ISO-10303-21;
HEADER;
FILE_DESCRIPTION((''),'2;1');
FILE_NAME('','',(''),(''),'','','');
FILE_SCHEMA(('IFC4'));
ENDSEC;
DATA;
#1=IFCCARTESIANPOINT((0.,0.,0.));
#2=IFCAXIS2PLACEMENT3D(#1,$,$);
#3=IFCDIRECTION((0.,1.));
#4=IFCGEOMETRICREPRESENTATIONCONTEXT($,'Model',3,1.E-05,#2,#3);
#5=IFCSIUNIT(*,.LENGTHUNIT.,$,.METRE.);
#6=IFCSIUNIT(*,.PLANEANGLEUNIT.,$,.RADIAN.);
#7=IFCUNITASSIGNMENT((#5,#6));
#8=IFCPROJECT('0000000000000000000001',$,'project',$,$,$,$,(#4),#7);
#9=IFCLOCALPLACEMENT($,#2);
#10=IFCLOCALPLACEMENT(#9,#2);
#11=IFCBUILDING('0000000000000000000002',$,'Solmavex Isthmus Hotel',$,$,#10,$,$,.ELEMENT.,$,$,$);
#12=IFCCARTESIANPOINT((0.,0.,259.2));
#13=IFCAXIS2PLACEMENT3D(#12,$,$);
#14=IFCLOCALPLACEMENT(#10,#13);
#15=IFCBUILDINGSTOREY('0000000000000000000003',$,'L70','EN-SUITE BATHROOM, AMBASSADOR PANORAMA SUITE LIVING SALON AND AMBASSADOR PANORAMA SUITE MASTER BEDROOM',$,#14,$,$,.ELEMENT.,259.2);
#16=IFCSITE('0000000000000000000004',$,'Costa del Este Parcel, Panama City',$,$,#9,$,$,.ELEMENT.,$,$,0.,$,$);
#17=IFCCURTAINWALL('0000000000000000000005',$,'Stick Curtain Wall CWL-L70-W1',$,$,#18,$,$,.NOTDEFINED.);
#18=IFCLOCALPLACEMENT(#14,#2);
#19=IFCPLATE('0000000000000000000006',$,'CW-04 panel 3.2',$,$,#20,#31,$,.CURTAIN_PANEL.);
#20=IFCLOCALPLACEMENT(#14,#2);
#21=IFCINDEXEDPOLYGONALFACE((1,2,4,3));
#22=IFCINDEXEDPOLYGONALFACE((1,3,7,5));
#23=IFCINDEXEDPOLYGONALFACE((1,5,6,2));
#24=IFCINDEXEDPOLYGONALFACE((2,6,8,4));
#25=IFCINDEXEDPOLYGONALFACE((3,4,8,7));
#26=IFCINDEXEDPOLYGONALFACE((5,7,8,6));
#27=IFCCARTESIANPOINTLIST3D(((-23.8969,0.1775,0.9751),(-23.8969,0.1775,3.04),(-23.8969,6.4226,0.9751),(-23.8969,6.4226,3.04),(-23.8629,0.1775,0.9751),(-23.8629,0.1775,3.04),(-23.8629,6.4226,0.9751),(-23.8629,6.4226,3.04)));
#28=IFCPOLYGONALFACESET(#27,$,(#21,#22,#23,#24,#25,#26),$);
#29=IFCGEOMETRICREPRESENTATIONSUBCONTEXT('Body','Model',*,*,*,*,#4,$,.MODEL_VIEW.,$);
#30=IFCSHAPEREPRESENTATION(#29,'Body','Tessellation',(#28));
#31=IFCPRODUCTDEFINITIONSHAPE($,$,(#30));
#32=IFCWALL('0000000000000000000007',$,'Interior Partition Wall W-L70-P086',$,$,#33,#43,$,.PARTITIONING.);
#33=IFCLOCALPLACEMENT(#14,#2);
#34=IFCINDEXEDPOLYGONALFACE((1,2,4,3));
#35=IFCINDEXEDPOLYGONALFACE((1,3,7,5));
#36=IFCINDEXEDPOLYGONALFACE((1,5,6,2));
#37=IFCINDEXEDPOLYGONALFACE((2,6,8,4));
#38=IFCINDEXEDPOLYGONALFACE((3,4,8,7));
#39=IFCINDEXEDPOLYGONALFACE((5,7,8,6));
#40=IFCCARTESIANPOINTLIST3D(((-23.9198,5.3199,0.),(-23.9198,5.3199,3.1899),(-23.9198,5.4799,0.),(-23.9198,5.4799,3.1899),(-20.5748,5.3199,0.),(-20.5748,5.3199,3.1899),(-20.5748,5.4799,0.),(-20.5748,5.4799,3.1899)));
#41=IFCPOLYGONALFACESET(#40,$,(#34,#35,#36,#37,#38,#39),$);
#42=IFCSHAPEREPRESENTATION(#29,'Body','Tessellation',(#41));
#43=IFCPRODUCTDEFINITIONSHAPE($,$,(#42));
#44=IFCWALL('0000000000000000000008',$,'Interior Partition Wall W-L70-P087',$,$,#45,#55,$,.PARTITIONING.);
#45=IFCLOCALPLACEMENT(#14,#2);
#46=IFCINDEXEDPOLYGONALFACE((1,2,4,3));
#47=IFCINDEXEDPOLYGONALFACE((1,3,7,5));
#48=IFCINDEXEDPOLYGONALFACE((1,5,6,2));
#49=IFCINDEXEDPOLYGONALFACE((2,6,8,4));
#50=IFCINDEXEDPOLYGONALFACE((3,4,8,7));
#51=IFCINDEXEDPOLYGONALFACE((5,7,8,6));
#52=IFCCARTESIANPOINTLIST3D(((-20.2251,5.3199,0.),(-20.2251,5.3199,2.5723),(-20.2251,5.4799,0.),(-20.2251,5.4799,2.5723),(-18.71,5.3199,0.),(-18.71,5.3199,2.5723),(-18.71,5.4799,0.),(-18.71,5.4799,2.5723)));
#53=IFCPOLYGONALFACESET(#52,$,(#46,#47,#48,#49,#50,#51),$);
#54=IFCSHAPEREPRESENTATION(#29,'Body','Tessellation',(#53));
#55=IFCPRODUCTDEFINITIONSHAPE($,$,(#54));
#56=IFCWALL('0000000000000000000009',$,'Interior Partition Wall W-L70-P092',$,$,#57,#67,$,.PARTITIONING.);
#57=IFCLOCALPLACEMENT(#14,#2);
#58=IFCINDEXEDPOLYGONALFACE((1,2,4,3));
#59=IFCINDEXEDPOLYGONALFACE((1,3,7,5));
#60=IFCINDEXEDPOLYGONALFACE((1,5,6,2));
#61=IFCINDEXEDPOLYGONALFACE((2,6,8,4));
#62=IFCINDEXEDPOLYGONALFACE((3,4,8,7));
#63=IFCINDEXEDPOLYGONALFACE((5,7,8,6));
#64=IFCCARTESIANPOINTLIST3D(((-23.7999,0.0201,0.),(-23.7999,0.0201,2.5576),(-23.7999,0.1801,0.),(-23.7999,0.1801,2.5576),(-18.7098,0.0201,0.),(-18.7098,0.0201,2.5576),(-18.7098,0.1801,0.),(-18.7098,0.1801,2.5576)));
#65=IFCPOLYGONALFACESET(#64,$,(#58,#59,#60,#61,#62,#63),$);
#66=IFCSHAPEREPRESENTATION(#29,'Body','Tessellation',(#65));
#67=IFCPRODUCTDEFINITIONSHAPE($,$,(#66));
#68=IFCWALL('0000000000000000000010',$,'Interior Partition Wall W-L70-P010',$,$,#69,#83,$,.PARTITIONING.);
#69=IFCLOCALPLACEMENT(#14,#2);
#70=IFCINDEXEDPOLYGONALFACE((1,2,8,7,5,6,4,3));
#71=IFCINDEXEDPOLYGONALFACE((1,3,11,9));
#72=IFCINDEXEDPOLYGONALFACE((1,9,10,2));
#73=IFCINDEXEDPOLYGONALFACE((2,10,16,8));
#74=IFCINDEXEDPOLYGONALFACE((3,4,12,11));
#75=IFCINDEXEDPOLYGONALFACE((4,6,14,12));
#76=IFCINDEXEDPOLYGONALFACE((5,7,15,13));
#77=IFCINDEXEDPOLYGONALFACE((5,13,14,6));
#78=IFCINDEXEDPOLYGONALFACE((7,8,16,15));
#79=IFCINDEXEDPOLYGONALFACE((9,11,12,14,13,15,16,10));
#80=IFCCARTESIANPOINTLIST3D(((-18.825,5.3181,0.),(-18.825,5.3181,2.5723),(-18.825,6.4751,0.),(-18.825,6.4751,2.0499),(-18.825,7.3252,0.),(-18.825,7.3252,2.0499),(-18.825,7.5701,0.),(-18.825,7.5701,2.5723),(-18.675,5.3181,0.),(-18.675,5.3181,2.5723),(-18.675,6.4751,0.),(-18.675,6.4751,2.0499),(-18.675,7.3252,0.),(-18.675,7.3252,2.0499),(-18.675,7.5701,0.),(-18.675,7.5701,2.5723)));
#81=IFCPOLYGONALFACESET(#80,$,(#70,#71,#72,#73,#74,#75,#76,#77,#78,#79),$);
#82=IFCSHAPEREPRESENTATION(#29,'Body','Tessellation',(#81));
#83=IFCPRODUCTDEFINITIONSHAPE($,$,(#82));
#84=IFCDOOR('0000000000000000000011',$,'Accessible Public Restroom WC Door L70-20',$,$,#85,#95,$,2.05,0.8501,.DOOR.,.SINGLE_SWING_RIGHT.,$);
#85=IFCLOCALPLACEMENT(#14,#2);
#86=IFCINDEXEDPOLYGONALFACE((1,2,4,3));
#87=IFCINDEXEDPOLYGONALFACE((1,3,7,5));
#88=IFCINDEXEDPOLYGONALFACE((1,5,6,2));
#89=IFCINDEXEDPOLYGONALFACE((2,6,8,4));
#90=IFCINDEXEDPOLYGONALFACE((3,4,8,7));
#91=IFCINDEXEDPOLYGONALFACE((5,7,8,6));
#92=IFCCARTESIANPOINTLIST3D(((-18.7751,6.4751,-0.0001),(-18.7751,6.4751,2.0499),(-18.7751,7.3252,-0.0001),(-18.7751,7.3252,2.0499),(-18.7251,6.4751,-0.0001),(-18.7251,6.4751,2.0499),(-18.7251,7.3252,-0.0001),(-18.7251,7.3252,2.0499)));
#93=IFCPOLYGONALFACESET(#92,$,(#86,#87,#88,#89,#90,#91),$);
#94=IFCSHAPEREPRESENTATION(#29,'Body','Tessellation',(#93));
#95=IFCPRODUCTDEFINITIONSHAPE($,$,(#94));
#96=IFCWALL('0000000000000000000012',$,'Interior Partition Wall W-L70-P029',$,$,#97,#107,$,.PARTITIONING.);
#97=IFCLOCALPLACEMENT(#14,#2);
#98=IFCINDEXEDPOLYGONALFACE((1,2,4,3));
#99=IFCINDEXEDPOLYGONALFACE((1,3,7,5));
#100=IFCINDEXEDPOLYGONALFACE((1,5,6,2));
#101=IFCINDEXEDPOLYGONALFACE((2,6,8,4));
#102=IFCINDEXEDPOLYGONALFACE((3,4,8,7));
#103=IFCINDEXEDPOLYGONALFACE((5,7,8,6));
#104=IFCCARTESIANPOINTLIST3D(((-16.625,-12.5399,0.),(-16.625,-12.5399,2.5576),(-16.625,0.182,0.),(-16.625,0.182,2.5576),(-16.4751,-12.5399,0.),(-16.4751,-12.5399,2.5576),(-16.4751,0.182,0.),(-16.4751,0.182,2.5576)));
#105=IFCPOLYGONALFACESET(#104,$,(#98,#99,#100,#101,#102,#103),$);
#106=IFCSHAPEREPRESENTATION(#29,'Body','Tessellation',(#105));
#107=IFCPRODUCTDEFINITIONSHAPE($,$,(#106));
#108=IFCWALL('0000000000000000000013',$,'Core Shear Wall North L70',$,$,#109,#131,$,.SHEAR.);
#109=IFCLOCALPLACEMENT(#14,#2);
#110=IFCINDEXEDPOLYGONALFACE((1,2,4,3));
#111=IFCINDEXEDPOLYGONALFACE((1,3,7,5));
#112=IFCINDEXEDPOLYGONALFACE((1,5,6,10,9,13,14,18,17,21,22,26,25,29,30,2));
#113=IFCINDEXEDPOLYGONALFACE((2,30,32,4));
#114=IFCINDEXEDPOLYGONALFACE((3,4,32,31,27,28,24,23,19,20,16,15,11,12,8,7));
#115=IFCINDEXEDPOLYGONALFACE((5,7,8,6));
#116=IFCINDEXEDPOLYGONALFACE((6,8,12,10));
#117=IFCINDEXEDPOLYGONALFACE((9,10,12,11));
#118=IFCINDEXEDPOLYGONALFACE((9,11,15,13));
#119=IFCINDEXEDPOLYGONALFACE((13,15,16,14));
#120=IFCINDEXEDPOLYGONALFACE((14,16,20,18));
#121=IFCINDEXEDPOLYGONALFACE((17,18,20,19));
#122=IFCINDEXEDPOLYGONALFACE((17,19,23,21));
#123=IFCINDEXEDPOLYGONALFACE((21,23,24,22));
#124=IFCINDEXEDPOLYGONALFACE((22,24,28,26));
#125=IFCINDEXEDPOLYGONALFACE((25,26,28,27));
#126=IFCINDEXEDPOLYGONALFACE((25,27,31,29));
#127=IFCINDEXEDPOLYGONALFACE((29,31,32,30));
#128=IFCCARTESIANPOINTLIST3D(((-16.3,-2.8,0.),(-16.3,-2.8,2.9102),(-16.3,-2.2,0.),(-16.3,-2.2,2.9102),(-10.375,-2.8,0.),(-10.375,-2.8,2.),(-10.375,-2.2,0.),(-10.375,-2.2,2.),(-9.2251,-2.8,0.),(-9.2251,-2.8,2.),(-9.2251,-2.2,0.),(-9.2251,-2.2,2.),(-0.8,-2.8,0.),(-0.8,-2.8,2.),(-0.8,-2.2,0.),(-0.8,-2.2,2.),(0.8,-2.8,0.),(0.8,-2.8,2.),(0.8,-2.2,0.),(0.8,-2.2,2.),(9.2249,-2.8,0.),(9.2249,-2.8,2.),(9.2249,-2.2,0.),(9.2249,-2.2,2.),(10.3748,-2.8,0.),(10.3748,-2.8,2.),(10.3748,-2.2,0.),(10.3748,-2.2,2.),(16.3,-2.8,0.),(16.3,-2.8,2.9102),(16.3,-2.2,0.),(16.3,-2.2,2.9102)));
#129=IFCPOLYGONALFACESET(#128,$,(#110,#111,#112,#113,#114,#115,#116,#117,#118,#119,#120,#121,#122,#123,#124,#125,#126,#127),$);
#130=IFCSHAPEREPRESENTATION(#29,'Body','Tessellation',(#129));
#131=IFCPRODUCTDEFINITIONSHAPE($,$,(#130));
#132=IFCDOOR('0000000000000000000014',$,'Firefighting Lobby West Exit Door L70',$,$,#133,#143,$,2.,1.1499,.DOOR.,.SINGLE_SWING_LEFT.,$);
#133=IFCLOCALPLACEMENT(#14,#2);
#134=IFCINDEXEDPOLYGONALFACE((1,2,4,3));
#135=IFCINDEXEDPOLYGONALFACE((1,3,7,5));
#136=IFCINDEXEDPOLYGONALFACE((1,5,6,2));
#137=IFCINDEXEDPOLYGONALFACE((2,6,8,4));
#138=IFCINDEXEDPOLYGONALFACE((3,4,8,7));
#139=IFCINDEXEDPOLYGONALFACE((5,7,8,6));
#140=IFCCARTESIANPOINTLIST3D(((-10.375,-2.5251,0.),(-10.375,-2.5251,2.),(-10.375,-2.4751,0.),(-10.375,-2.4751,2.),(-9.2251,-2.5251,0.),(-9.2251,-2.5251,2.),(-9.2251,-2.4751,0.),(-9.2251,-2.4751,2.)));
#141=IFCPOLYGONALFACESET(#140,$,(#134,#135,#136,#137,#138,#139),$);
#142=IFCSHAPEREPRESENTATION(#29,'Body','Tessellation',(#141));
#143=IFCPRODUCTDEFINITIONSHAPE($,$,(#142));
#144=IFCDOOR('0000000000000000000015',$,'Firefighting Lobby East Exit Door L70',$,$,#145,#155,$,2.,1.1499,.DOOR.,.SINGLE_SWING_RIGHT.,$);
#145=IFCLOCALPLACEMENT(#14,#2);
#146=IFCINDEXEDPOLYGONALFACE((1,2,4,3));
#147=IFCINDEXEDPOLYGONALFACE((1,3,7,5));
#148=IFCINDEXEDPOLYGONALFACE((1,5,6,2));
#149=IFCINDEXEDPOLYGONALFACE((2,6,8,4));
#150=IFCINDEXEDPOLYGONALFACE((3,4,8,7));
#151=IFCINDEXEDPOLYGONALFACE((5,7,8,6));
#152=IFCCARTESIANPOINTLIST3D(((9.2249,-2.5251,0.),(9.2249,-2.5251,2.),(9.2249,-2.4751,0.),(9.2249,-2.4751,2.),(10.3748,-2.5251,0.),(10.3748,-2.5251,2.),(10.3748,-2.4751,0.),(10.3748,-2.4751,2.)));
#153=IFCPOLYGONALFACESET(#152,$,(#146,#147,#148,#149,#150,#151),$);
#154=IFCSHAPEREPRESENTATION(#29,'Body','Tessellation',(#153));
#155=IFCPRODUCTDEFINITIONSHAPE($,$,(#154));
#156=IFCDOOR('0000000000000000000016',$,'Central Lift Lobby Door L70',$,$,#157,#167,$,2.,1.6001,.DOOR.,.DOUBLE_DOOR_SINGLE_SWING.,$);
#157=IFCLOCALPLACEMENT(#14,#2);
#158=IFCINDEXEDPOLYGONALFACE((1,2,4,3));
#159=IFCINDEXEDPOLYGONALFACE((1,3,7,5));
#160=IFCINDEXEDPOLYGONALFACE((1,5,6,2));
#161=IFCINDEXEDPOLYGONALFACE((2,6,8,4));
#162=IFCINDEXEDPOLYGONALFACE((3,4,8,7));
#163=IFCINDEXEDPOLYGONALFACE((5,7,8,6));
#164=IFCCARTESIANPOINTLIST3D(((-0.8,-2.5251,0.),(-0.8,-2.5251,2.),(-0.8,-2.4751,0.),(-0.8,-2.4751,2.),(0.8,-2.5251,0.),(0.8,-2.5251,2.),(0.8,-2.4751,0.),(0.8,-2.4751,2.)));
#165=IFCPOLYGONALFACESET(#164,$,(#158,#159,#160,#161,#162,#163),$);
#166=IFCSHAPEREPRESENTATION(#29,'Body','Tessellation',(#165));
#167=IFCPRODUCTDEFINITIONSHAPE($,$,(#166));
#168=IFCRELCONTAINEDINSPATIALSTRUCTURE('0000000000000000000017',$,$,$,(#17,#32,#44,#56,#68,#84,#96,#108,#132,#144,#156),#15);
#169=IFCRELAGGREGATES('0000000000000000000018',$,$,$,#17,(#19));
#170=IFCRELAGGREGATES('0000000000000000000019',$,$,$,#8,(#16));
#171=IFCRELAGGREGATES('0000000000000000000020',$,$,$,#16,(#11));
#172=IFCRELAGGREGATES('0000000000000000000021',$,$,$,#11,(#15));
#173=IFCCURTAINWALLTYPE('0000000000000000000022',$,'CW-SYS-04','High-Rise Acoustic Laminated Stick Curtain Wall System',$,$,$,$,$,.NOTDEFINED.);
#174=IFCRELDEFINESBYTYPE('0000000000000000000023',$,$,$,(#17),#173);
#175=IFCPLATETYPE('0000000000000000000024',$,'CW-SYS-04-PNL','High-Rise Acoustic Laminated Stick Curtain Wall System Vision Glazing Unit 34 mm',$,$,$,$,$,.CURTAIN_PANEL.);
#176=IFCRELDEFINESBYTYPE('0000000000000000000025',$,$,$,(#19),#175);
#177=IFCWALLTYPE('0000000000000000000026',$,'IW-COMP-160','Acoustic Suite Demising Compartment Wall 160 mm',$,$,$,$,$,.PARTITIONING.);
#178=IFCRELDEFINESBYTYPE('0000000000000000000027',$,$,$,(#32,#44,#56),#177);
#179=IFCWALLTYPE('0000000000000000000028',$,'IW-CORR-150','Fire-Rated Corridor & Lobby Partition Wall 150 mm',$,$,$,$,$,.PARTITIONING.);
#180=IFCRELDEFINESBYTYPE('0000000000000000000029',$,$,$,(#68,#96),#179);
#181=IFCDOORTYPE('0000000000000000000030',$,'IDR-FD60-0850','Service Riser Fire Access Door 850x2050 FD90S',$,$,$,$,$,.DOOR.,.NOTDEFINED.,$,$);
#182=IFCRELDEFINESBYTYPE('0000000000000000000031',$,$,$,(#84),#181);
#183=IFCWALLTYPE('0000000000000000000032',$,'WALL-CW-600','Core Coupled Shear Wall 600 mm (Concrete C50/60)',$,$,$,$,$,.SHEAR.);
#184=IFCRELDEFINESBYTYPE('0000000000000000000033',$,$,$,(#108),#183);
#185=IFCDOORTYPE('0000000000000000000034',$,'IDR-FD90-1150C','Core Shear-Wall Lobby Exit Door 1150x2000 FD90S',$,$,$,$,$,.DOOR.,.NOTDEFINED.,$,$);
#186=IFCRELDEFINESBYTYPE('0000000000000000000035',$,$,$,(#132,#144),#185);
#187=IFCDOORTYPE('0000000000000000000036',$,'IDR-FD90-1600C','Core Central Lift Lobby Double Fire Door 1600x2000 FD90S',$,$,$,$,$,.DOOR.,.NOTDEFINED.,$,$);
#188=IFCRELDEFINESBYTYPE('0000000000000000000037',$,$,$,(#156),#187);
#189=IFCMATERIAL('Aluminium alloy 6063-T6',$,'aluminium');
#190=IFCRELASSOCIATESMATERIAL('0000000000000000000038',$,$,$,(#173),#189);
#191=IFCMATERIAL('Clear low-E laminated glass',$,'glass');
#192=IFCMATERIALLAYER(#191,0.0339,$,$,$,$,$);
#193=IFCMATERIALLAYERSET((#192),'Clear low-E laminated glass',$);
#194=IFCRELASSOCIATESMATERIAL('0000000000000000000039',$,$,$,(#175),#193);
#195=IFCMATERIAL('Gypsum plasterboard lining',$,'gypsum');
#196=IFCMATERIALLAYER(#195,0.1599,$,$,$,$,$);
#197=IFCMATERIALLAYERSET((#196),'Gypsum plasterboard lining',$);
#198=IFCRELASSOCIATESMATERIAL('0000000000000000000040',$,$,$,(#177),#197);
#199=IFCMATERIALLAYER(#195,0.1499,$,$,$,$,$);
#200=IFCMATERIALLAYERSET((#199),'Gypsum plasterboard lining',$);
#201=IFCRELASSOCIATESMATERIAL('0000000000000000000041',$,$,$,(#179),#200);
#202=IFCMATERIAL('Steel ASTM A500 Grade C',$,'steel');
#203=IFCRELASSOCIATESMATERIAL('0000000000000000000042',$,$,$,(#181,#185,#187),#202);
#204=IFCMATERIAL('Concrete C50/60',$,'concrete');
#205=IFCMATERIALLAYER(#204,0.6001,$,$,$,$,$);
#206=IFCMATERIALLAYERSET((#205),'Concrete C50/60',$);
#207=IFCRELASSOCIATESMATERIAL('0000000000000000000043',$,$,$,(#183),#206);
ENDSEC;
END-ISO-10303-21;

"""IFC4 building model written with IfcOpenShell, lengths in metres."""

from ifc_helpers import new_model, si_unit, direction, frame, frame_2d, origin, origin_2d, place, context, subcontext, project, spatial, rectangle, extrude, material, layer, layer_set, type_object, element, fill, aggregate, save


model = new_model("IFC4")

# Units and contexts
model_context = context("Model", 3, precision=1e-05, world=origin(), true_north=direction((0.0, 1.0)))
body_context = subcontext(model_context, "Body", "Model", "MODEL_VIEW")
ifc_project = project(units=[si_unit("LENGTHUNIT", "METRE"), si_unit("PLANEANGLEUNIT", "RADIAN")], contexts=[model_context])

# Site, building, storey
site_placement = place(None, origin())
site = spatial("IfcSite", under=ifc_project, at=site_placement, Name="Costa del Este Parcel, Panama City", CompositionType="ELEMENT", RefElevation=0.0)
building_placement = place(site_placement, origin())
building = spatial("IfcBuilding", under=site, at=building_placement, Name="Solmavex Isthmus Hotel", CompositionType="ELEMENT")
storey_placement = place(building_placement, frame((0.0, 0.0, 259.2)))
storey = spatial("IfcBuildingStorey", under=building, at=storey_placement, Name="L70", Description="EN-SUITE BATHROOM, AMBASSADOR PANORAMA SUITE LIVING SALON AND AMBASSADOR PANORAMA SUITE MASTER BEDROOM", CompositionType="ELEMENT", Elevation=259.2)

# Shared definitions
ifc_material_1 = material(Name="Concrete C50/60", Category="concrete")

# Curtain wall, plate
ifc_material_2 = material(Name="Aluminium alloy 6063-T6", Category="aluminium")
curtain_wall_type = type_object("IfcCurtainWallType", Name="CW-SYS-04", Description="High-Rise Acoustic Laminated Stick Curtain Wall System", PredefinedType="NOTDEFINED", material=ifc_material_2)
curtain_wall_placement = place(storey_placement, origin())
curtain_wall = element("IfcCurtainWall", 1, at=curtain_wall_placement, inside=storey, type_object=curtain_wall_type, Name="Stick Curtain Wall CWL-L70-W1", PredefinedType="NOTDEFINED")
ifc_material_3 = material(Name="Clear low-E laminated glass", Category="glass")
ifc_layer_1 = layer(ifc_material_3, 0.0339)
ifc_layer_set_1 = layer_set([ifc_layer_1], Name="Clear low-E laminated glass")
plate_type = type_object("IfcPlateType", Name="CW-SYS-04-PNL", Description="High-Rise Acoustic Laminated Stick Curtain Wall System Vision Glazing Unit 34 mm", PredefinedType="CURTAIN_PANEL", material=ifc_layer_set_1)
plate_1_placement = place(storey_placement, frame((-23.8799, 3.3, 0.9751), z_axis=(0.0, 0.0, 1.0), x_axis=(0.0, 1.0, 0.0)))
plate_1 = element("IfcPlate", 2, at=plate_1_placement, type_object=plate_type, Name="CW-04 panel 3.2", PredefinedType="CURTAIN_PANEL", context=body_context, shape_type="SweptSolid", body=[
    extrude(rectangle(XDim=6.2451, YDim=0.0339, at=origin_2d()), origin(), (0.0, 0.0, 1.0), 2.0649),
])
aggregate(curtain_wall, [plate_1])

# Walls
ifc_material_4 = material(Name="Gypsum plasterboard lining", Category="gypsum")
ifc_layer_2 = layer(ifc_material_4, 0.1599)
ifc_layer_set_2 = layer_set([ifc_layer_2], Name="Gypsum plasterboard lining")
wall_type_1 = type_object("IfcWallType", Name="IW-COMP-160", Description="Acoustic Suite Demising Compartment Wall 160 mm", PredefinedType="PARTITIONING", material=ifc_layer_set_2)
wall_1_placement = place(storey_placement, frame((-20.575, 5.3999, 0.0), z_axis=(0.0, 0.0, 1.0), x_axis=(-1.0, 0.0, 0.0)))
element("IfcWall", 3, at=wall_1_placement, inside=storey, type_object=wall_type_1, Name="Interior Partition Wall W-L70-P086", PredefinedType="PARTITIONING", context=body_context, shape_type="SweptSolid", body=[
    extrude(rectangle(XDim=3.345, YDim=0.1599, at=frame_2d((1.6724, 0.0))), origin(), (0.0, 0.0, 1.0), 3.1899),
])
wall_2_placement = place(storey_placement, frame((-18.71, 5.3999, 0.0), z_axis=(0.0, 0.0, 1.0), x_axis=(-1.0, 0.0, 0.0)))
element("IfcWall", 4, at=wall_2_placement, inside=storey, type_object=wall_type_1, Name="Interior Partition Wall W-L70-P087", PredefinedType="PARTITIONING", context=body_context, shape_type="SweptSolid", body=[
    extrude(rectangle(XDim=1.5151, YDim=0.1599, at=frame_2d((0.7576, 0.0))), origin(), (0.0, 0.0, 1.0), 2.5723),
])
wall_3_placement = place(storey_placement, frame((-18.71, 0.1001, 0.0), z_axis=(0.0, 0.0, 1.0), x_axis=(-1.0, 0.0, 0.0)))
element("IfcWall", 5, at=wall_3_placement, inside=storey, type_object=wall_type_1, Name="Interior Partition Wall W-L70-P092", PredefinedType="PARTITIONING", context=body_context, shape_type="SweptSolid", body=[
    extrude(rectangle(XDim=5.0901, YDim=0.1599, at=frame_2d((2.5449, 0.0))), origin(), (0.0, 0.0, 1.0), 2.5576),
])

# Wall, opening, door
ifc_layer_3 = layer(ifc_material_4, 0.1499)
ifc_layer_set_3 = layer_set([ifc_layer_3], Name="Gypsum plasterboard lining")
wall_type_2 = type_object("IfcWallType", Name="IW-CORR-150", Description="Fire-Rated Corridor & Lobby Partition Wall 150 mm", PredefinedType="PARTITIONING", material=ifc_layer_set_3)
wall_4_placement = place(storey_placement, frame((-18.75, 5.3181, 0.0), z_axis=(0.0, 0.0, 1.0), x_axis=(0.0, 1.0, 0.0)))
wall_4 = element("IfcWall", 6, at=wall_4_placement, inside=storey, type_object=wall_type_2, Name="Interior Partition Wall W-L70-P010", PredefinedType="PARTITIONING", context=body_context, shape_type="SweptSolid", body=[
    extrude(rectangle(XDim=2.252, YDim=0.1499, at=frame_2d((1.126, 0.0))), origin(), (0.0, 0.0, 1.0), 2.5723),
])
opening_1_placement = place(wall_4_placement, frame((1.157, 0.0, 0.0)))
opening_1 = element("IfcOpeningElement", 7, at=opening_1_placement, cuts=wall_4, PredefinedType="OPENING", context=body_context, shape_type="SweptSolid", body=[
    extrude(rectangle(XDim=0.8501, YDim=2.05, at=frame_2d((0.425, 1.0249))), frame((0.0, 0.085, 0.0), z_axis=(0.0, -1.0, 0.0), x_axis=(1.0, 0.0, 0.0)), (0.0, 0.0, 1.0), 0.1699),
])
ifc_material_5 = material(Name="Steel ASTM A500 Grade C", Category="steel")
door_type_1 = type_object("IfcDoorType", Name="IDR-FD60-0850", Description="Service Riser Fire Access Door 850x2050 FD90S", OperationType="NOTDEFINED", PredefinedType="DOOR", material=ifc_material_5)
door_1_placement = place(opening_1_placement, frame((0.8501, 0.0, 0.0), z_axis=(0.0, 0.0, 1.0), x_axis=(-1.0, 0.0, 0.0)))
door_1 = element("IfcDoor", 8, at=door_1_placement, inside=storey, type_object=door_type_1, Name="Accessible Public Restroom WC Door L70-20", OperationType="SINGLE_SWING_RIGHT", OverallHeight=2.05, OverallWidth=0.8501, PredefinedType="DOOR", context=body_context, shape_type="SweptSolid", body=[
    extrude(rectangle(XDim=0.8501, YDim=2.05, at=frame_2d((0.425, 1.0249))), frame((0.0, 0.0249, 0.0), z_axis=(0.0, -1.0, 0.0), x_axis=(1.0, 0.0, 0.0)), (0.0, 0.0, 1.0), 0.05),
])
fill(opening_1, door_1)

# Wall
wall_5_placement = place(storey_placement, frame((-16.55, 0.1819, 0.0), z_axis=(0.0, 0.0, 1.0), x_axis=(0.0, -1.0, 0.0)))
element("IfcWall", 9, at=wall_5_placement, inside=storey, type_object=wall_type_2, Name="Interior Partition Wall W-L70-P029", PredefinedType="PARTITIONING", context=body_context, shape_type="SweptSolid", body=[
    extrude(rectangle(XDim=12.7219, YDim=0.1499, at=frame_2d((6.3608, 0.0))), origin(), (0.0, 0.0, 1.0), 2.5576),
])

# Wall, openings, doors
ifc_layer_4 = layer(ifc_material_1, 0.6001)
ifc_layer_set_4 = layer_set([ifc_layer_4], Name="Concrete C50/60")
wall_type_3 = type_object("IfcWallType", Name="WALL-CW-600", Description="Core Coupled Shear Wall 600 mm (Concrete C50/60)", PredefinedType="SHEAR", material=ifc_layer_set_4)
wall_6_placement = place(storey_placement, frame((-16.3, -2.5, 0.0), z_axis=(0.0, 0.0, 1.0), x_axis=(1.0, 0.0, 0.0)))
wall_6 = element("IfcWall", 10, at=wall_6_placement, inside=storey, type_object=wall_type_3, Name="Core Shear Wall North L70", PredefinedType="SHEAR", context=body_context, shape_type="SweptSolid", body=[
    extrude(rectangle(XDim=32.6001, YDim=0.6001, at=frame_2d((16.3, 0.0))), origin(), (0.0, 0.0, 1.0), 2.9102),
])
opening_2_placement = place(wall_6_placement, frame((5.925, 0.0, 0.0)))
opening_2 = element("IfcOpeningElement", 11, at=opening_2_placement, cuts=wall_6, PredefinedType="OPENING", context=body_context, shape_type="SweptSolid", body=[
    extrude(rectangle(XDim=1.1499, YDim=2.0, at=frame_2d((0.575, 1.0))), frame((0.0, 0.3101, 0.0), z_axis=(0.0, -1.0, 0.0), x_axis=(1.0, 0.0, 0.0)), (0.0, 0.0, 1.0), 0.6201),
])
opening_3_placement = place(wall_6_placement, frame((15.5, 0.0, 0.0)))
opening_3 = element("IfcOpeningElement", 12, at=opening_3_placement, cuts=wall_6, PredefinedType="OPENING", context=body_context, shape_type="SweptSolid", body=[
    extrude(rectangle(XDim=1.6001, YDim=2.0, at=frame_2d((0.8, 1.0))), frame((0.0, 0.3101, 0.0), z_axis=(0.0, -1.0, 0.0), x_axis=(1.0, 0.0, 0.0)), (0.0, 0.0, 1.0), 0.6201),
])
opening_4_placement = place(wall_6_placement, frame((25.5249, 0.0, 0.0)))
opening_4 = element("IfcOpeningElement", 13, at=opening_4_placement, cuts=wall_6, PredefinedType="OPENING", context=body_context, shape_type="SweptSolid", body=[
    extrude(rectangle(XDim=1.1499, YDim=2.0, at=frame_2d((0.575, 1.0))), frame((0.0, 0.3101, 0.0), z_axis=(0.0, -1.0, 0.0), x_axis=(1.0, 0.0, 0.0)), (0.0, 0.0, 1.0), 0.6201),
])
door_type_2 = type_object("IfcDoorType", Name="IDR-FD90-1150C", Description="Core Shear-Wall Lobby Exit Door 1150x2000 FD90S", OperationType="NOTDEFINED", PredefinedType="DOOR", material=ifc_material_5)
door_2_placement = place(opening_2_placement, origin())
door_2 = element("IfcDoor", 14, at=door_2_placement, inside=storey, type_object=door_type_2, Name="Firefighting Lobby West Exit Door L70", OperationType="SINGLE_SWING_LEFT", OverallHeight=2.0, OverallWidth=1.1499, PredefinedType="DOOR", context=body_context, shape_type="SweptSolid", body=[
    extrude(rectangle(XDim=1.1499, YDim=2.0, at=frame_2d((0.575, 1.0))), frame((0.0, 0.0249, 0.0), z_axis=(0.0, -1.0, 0.0), x_axis=(1.0, 0.0, 0.0)), (0.0, 0.0, 1.0), 0.05),
])
fill(opening_2, door_2)
door_3_placement = place(opening_4_placement, origin())
door_3 = element("IfcDoor", 15, at=door_3_placement, inside=storey, type_object=door_type_2, Name="Firefighting Lobby East Exit Door L70", OperationType="SINGLE_SWING_RIGHT", OverallHeight=2.0, OverallWidth=1.1499, PredefinedType="DOOR", context=body_context, shape_type="SweptSolid", body=[
    extrude(rectangle(XDim=1.1499, YDim=2.0, at=frame_2d((0.575, 1.0))), frame((0.0, 0.0249, 0.0), z_axis=(0.0, -1.0, 0.0), x_axis=(1.0, 0.0, 0.0)), (0.0, 0.0, 1.0), 0.05),
])
fill(opening_4, door_3)
door_type_3 = type_object("IfcDoorType", Name="IDR-FD90-1600C", Description="Core Central Lift Lobby Double Fire Door 1600x2000 FD90S", OperationType="NOTDEFINED", PredefinedType="DOOR", material=ifc_material_5)
door_4_placement = place(opening_3_placement, origin())
door_4 = element("IfcDoor", 16, at=door_4_placement, inside=storey, type_object=door_type_3, Name="Central Lift Lobby Door L70", OperationType="DOUBLE_DOOR_SINGLE_SWING", OverallHeight=2.0, OverallWidth=1.6001, PredefinedType="DOOR", context=body_context, shape_type="SweptSolid", body=[
    extrude(rectangle(XDim=1.6001, YDim=2.0, at=frame_2d((0.8, 1.0))), frame((0.0, 0.0249, 0.0), z_axis=(0.0, -1.0, 0.0), x_axis=(1.0, 0.0, 0.0)), (0.0, 0.0, 1.0), 0.05),
])
fill(opening_3, door_4)

save(model, "model.ifc")
